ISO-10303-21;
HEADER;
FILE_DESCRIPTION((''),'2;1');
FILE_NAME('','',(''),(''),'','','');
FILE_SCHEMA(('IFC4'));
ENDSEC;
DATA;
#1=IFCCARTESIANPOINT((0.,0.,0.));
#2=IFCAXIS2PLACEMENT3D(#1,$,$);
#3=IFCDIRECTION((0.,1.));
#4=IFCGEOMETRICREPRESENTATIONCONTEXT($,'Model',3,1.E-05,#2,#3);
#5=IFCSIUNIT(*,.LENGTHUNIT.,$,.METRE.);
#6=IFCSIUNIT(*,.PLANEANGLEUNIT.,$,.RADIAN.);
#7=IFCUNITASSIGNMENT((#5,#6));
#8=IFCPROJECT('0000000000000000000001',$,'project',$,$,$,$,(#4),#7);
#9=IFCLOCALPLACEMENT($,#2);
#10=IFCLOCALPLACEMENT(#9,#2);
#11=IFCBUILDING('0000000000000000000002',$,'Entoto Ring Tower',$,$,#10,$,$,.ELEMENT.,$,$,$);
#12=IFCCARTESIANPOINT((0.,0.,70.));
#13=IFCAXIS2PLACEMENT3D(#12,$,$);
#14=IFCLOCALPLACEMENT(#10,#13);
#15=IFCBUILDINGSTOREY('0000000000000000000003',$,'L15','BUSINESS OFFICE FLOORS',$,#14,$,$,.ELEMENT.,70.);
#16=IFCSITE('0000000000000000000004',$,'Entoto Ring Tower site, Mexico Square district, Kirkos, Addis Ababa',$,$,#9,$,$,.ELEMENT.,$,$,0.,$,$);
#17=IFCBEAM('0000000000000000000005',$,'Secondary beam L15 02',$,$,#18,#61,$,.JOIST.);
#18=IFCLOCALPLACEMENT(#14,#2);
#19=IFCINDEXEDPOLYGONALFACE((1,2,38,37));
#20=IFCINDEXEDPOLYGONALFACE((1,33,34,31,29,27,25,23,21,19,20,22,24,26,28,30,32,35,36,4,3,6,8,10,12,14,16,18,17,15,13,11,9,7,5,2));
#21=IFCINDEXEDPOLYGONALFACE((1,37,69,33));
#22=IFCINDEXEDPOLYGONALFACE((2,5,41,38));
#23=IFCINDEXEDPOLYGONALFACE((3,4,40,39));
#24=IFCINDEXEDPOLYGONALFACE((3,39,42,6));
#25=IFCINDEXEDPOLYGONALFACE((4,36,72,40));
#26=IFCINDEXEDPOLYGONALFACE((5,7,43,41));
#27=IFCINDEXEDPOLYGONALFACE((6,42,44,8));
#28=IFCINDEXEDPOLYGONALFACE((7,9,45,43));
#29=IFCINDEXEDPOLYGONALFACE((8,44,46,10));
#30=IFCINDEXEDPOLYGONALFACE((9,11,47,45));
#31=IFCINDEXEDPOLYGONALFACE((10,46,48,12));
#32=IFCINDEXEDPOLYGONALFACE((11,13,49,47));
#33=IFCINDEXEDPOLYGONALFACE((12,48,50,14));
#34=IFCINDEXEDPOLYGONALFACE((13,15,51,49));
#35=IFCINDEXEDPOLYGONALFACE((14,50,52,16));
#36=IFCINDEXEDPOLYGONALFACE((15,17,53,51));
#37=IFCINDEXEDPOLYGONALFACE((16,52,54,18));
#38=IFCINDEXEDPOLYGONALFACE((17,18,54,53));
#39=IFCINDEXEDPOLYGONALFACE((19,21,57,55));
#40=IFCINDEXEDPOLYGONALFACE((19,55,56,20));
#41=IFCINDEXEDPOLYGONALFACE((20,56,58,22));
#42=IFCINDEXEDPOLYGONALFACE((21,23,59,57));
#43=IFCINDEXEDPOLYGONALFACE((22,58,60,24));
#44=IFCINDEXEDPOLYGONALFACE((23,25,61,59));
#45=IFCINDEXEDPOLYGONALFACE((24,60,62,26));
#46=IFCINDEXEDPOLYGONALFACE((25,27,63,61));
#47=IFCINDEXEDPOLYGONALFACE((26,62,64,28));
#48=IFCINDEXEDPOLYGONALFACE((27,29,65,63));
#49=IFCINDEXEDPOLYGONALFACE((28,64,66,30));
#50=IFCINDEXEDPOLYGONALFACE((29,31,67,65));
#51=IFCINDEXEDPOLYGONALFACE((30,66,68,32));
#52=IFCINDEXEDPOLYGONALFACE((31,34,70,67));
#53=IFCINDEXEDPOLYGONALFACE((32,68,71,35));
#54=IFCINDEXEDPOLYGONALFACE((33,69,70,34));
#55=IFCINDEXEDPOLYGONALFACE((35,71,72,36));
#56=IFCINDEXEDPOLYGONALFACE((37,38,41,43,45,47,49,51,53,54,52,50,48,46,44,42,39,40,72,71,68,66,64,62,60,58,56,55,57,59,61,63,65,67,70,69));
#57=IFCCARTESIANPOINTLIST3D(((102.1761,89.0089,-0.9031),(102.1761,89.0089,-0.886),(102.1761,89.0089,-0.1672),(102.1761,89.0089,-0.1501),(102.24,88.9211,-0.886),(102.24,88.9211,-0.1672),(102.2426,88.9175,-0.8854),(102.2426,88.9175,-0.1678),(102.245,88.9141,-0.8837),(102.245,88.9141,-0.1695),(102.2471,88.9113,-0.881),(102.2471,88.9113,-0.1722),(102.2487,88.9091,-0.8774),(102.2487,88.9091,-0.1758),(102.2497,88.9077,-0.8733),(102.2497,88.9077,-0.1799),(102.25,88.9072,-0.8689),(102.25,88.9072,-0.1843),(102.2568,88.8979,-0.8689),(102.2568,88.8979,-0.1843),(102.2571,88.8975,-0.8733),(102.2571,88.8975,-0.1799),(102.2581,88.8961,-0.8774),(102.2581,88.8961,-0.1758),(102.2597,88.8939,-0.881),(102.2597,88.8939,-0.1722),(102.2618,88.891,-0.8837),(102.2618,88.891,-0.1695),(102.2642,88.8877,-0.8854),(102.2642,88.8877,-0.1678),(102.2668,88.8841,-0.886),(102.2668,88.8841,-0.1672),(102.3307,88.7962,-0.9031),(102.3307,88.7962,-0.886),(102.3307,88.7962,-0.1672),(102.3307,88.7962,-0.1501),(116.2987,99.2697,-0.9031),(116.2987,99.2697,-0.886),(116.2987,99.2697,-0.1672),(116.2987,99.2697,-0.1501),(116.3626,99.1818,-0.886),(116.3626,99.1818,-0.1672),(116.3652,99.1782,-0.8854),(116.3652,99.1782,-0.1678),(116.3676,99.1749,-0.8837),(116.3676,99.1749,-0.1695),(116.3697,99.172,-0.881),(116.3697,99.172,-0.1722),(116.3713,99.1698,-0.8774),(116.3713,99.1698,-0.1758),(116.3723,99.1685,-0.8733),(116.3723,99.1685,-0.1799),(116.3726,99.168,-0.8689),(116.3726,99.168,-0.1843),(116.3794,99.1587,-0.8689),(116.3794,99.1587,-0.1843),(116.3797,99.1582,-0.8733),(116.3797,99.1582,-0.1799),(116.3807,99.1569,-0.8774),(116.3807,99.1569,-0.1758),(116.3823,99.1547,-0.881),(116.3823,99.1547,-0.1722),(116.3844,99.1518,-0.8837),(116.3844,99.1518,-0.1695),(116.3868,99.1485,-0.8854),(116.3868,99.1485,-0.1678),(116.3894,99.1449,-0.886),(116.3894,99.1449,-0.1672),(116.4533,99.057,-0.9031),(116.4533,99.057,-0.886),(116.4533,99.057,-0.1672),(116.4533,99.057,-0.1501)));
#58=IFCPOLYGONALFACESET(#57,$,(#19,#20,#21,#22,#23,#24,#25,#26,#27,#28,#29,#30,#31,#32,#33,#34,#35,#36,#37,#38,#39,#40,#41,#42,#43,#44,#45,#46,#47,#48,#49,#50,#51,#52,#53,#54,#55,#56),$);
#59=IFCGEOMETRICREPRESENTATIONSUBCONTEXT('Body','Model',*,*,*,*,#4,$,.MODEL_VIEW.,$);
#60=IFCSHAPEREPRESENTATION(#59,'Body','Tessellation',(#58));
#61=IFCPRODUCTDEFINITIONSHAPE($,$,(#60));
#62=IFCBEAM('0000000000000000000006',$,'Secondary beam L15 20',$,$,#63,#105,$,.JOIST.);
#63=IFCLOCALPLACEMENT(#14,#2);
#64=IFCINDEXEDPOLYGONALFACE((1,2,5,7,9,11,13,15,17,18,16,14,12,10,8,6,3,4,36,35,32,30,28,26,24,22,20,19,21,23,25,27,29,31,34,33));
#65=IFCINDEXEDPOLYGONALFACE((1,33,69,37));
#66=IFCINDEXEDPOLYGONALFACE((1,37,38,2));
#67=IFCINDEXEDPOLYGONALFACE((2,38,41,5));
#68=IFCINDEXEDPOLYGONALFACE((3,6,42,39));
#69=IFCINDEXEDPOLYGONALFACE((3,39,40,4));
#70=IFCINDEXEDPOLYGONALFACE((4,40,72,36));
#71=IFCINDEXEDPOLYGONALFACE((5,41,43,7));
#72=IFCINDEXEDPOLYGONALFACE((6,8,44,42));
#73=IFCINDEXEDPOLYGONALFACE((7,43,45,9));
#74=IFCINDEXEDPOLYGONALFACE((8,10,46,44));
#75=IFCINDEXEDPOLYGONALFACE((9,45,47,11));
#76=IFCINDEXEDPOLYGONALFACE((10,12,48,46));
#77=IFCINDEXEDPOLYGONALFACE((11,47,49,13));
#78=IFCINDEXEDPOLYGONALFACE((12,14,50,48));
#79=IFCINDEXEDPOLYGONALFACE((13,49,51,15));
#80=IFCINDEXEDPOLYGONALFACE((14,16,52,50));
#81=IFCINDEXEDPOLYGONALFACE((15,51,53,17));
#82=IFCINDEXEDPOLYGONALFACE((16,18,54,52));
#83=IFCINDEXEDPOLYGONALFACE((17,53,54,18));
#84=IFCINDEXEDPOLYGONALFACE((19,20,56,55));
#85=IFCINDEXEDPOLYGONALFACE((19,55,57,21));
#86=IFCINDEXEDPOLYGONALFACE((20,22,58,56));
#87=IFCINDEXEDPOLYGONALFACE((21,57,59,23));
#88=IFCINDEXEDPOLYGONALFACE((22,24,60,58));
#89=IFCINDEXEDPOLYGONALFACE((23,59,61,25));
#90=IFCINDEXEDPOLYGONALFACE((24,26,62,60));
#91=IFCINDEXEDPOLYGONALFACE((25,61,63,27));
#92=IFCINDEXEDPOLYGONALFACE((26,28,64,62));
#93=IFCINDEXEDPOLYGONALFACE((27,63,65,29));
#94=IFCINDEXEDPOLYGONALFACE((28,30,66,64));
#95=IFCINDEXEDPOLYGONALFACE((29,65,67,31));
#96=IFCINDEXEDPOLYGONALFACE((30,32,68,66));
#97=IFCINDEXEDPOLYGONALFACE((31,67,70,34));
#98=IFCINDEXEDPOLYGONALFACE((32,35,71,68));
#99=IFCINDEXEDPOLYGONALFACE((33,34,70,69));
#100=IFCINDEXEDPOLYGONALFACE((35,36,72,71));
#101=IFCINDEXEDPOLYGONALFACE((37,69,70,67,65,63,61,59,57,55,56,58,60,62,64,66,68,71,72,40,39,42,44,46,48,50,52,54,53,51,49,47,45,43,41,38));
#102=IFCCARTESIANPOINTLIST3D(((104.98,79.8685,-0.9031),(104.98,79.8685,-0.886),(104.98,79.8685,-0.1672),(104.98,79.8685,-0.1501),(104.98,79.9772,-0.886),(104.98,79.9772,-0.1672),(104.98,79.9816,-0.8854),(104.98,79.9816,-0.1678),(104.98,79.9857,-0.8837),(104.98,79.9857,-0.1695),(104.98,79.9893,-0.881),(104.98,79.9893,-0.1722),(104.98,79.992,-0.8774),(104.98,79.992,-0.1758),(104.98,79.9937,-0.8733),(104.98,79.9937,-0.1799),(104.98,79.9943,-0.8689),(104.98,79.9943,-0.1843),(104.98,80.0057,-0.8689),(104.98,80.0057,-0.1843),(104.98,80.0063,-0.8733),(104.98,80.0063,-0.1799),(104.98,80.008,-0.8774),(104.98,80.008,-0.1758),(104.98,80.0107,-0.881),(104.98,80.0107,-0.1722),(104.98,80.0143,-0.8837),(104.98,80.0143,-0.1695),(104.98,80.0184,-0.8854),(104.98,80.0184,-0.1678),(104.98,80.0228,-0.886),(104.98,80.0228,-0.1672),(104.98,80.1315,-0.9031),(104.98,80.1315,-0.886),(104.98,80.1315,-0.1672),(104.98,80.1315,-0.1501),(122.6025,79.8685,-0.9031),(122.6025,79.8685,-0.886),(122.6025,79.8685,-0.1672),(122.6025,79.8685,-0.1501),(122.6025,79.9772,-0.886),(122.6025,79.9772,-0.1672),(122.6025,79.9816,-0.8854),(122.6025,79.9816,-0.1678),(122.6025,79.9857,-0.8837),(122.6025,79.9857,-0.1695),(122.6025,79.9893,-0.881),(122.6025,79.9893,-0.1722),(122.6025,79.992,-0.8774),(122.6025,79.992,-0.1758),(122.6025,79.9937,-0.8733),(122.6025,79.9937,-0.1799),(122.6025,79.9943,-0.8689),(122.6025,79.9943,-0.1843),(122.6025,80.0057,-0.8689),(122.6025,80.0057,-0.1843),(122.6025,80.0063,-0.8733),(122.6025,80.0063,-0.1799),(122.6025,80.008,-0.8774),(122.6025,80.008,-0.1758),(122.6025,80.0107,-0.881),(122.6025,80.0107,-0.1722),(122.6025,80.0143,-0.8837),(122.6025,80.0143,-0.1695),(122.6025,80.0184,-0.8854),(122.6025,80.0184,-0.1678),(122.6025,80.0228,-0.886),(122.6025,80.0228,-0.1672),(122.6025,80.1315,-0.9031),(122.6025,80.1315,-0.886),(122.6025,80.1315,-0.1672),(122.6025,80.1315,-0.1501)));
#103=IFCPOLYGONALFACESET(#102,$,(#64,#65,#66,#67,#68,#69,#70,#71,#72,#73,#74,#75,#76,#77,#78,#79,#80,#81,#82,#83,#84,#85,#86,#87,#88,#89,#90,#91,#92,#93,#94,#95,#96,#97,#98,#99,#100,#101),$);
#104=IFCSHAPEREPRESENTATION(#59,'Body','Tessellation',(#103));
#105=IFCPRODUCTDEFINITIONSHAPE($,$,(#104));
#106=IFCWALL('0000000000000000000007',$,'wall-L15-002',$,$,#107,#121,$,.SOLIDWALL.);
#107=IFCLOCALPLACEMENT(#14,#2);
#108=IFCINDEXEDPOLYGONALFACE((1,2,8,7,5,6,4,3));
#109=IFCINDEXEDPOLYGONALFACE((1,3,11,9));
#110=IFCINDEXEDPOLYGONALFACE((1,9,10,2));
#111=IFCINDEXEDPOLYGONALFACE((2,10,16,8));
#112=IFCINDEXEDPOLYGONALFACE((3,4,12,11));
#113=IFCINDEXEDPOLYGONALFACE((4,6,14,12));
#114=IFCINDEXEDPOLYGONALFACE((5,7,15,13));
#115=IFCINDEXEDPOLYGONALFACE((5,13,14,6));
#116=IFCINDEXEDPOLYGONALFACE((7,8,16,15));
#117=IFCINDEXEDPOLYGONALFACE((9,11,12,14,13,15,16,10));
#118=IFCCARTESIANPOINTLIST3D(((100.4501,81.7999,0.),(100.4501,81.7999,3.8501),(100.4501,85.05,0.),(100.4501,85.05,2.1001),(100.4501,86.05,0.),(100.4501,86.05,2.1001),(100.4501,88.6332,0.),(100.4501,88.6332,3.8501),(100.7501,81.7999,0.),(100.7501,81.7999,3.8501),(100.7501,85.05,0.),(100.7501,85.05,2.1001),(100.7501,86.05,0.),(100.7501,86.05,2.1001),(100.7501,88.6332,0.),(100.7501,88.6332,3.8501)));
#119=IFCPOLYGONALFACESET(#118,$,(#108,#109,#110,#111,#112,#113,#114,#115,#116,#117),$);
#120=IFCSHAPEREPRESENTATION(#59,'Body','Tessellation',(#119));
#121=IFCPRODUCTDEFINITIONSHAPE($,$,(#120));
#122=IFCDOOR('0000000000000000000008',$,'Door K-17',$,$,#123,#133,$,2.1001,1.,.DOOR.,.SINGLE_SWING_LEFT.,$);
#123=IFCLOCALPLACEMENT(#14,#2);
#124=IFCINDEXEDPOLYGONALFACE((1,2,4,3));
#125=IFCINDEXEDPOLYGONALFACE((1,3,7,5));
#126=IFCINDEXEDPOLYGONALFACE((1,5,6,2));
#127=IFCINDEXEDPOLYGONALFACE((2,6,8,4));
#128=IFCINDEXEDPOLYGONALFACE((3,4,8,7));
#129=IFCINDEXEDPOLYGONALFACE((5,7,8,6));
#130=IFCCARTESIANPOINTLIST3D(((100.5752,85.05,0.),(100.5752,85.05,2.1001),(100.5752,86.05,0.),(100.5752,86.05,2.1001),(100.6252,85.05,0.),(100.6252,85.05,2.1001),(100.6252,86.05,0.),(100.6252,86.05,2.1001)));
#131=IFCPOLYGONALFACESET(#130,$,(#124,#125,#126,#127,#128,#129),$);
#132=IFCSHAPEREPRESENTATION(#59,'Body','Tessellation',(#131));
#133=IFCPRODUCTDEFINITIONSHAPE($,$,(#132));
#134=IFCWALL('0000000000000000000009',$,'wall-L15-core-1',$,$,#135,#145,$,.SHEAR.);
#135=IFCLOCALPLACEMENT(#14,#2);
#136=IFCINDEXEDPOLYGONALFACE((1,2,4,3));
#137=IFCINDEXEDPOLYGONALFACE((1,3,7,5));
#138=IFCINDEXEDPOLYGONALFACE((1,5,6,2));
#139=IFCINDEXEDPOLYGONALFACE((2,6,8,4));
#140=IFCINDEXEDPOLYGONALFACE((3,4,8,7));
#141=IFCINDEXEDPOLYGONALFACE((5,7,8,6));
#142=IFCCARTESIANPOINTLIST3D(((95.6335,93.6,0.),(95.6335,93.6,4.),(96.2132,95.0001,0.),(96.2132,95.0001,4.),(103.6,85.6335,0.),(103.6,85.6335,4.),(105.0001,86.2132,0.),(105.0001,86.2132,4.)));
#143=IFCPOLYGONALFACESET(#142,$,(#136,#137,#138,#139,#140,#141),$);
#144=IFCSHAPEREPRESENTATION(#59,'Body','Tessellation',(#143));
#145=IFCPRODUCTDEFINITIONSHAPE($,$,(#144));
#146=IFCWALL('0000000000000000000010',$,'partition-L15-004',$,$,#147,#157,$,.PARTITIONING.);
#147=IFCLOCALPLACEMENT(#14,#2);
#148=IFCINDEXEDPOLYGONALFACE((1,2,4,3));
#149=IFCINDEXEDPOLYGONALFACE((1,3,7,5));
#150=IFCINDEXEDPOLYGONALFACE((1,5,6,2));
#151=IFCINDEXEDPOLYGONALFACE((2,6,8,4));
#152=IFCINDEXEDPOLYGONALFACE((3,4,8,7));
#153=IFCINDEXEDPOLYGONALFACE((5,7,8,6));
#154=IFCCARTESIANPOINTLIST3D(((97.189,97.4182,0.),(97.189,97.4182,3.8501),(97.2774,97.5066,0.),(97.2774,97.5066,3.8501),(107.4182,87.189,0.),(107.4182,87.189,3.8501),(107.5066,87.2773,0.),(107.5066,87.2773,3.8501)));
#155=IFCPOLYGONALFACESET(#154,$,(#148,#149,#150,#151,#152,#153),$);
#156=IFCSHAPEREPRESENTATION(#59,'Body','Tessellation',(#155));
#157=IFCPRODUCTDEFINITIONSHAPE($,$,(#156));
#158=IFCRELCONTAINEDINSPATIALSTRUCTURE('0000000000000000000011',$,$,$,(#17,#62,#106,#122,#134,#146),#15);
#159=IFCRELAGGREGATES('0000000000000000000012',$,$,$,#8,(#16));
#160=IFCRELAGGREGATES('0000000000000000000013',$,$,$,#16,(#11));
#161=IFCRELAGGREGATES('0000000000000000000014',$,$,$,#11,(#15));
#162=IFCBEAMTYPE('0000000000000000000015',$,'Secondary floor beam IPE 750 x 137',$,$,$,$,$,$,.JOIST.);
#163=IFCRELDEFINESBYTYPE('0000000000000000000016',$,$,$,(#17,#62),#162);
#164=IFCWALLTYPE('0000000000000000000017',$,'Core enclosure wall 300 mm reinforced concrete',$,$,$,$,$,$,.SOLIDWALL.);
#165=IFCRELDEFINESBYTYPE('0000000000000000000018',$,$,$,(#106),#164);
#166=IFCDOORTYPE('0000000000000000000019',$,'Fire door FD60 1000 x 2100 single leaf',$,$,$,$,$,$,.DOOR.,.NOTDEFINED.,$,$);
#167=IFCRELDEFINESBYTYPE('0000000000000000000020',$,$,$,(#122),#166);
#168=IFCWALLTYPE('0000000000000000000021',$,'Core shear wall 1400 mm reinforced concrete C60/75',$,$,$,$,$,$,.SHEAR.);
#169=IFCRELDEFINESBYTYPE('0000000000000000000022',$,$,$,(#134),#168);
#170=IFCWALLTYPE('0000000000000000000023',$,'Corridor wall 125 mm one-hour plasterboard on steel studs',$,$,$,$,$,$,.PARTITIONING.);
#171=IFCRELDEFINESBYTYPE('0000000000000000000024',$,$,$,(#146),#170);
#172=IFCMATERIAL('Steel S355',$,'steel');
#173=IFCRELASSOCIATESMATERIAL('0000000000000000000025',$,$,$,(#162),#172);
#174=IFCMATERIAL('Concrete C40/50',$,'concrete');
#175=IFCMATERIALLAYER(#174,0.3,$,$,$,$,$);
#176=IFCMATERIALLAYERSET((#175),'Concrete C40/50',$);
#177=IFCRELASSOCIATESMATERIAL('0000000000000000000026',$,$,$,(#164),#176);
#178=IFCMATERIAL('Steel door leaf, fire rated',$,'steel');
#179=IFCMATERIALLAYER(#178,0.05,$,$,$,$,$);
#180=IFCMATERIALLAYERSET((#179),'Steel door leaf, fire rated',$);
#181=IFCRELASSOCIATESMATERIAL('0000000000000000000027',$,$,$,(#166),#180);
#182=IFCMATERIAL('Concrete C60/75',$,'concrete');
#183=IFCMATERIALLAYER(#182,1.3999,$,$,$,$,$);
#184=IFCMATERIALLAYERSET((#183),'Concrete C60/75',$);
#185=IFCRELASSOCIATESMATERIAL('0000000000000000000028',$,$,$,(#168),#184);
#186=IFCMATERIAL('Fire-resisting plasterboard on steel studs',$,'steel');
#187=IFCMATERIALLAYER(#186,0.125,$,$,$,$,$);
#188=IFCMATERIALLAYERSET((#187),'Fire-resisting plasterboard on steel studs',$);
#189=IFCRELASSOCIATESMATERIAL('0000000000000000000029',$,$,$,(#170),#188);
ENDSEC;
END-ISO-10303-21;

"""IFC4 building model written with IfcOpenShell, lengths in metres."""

from ifc_helpers import new_model, si_unit, direction, frame, frame_2d, origin, origin_2d, place, context, subcontext, project, spatial, polyline, rectangle, i_section, outline, extrude, material, layer, layer_set, material_profile, profile_set, type_object, element, fill, save


model = new_model("IFC4")

# Units and contexts
model_context = context("Model", 3, precision=1e-05, world=origin(), true_north=direction((0.0, 1.0)))
body_context = subcontext(model_context, "Body", "Model", "MODEL_VIEW")
ifc_project = project(units=[si_unit("LENGTHUNIT", "METRE"), si_unit("PLANEANGLEUNIT", "RADIAN")], contexts=[model_context])

# Site, building, storey
site_placement = place(None, origin())
site = spatial("IfcSite", under=ifc_project, at=site_placement, Name="Entoto Ring Tower site, Mexico Square district, Kirkos, Addis Ababa", CompositionType="ELEMENT", RefElevation=0.0)
building_placement = place(site_placement, origin())
building = spatial("IfcBuilding", under=site, at=building_placement, Name="Entoto Ring Tower", CompositionType="ELEMENT")
storey_placement = place(building_placement, frame((0.0, 0.0, 70.0)))
storey = spatial("IfcBuildingStorey", under=building, at=storey_placement, Name="L15", Description="BUSINESS OFFICE FLOORS", CompositionType="ELEMENT", Elevation=70.0)

# Beams
ifc_material_1 = material(Name="Steel S355", Category="steel")
ifc_material_profile_1 = material_profile(ifc_material_1, i_section(OverallWidth=0.2629, OverallDepth=0.7529, WebThickness=0.0115, FlangeThickness=0.0171, FilletRadius=0.0171, at=origin_2d()), Name="IPE 750 x 137")
ifc_profile_set_1 = profile_set([ifc_material_profile_1], Name="Steel S355")
beam_type_1 = type_object("IfcBeamType", Name="Secondary floor beam IPE 750 x 137", PredefinedType="JOIST", material=ifc_profile_set_1)
beam_1_placement = place(storey_placement, frame((102.2534, 88.9026, -0.5266), z_axis=(0.809014, 0.587789, 0.0), x_axis=(-0.587789, 0.809014, 0.0)))
element("IfcBeam", 1, at=beam_1_placement, inside=storey, type_object=beam_type_1, Name="Secondary beam L15 02", PredefinedType="JOIST", context=body_context, shape_type="SweptSolid", body=[
    extrude(i_section(OverallWidth=0.2629, OverallDepth=0.7529, WebThickness=0.0115, FlangeThickness=0.0171, FilletRadius=0.0171, at=origin_2d()), origin(), (0.0, 0.0, 1.0), 17.4565),
])
beam_2_placement = place(storey_placement, frame((104.98, 80.0, -0.5266), z_axis=(1.0, 0.0, 0.0), x_axis=(0.0, 1.0, 0.0)))
element("IfcBeam", 2, at=beam_2_placement, inside=storey, type_object=beam_type_1, Name="Secondary beam L15 20", PredefinedType="JOIST", context=body_context, shape_type="SweptSolid", body=[
    extrude(i_section(OverallWidth=0.2629, OverallDepth=0.7529, WebThickness=0.0115, FlangeThickness=0.0171, FilletRadius=0.0171, at=origin_2d()), origin(), (0.0, 0.0, 1.0), 17.6226),
])

# Wall, opening, door
ifc_material_2 = material(Name="Concrete C40/50", Category="concrete")
ifc_layer_1 = layer(ifc_material_2, 0.3)
ifc_layer_set_1 = layer_set([ifc_layer_1], Name="Concrete C40/50")
wall_type_1 = type_object("IfcWallType", Name="Core enclosure wall 300 mm reinforced concrete", PredefinedType="SOLIDWALL", material=ifc_layer_set_1)
wall_1_placement = place(storey_placement, frame((100.6001, 81.8, 0.0), z_axis=(0.0, 0.0, 1.0), x_axis=(0.0, 1.0, 0.0)))
wall_1 = element("IfcWall", 3, at=wall_1_placement, inside=storey, type_object=wall_type_1, Name="wall-L15-002", PredefinedType="SOLIDWALL", context=body_context, shape_type="SweptSolid", body=[
    extrude(rectangle(XDim=6.8333, YDim=0.3, at=frame_2d((3.4165, 0.0))), origin(), (0.0, 0.0, 1.0), 3.8501),
])
opening_1_placement = place(wall_1_placement, frame((3.25, 0.0, 0.0)))
opening_1 = element("IfcOpeningElement", 4, at=opening_1_placement, cuts=wall_1, PredefinedType="OPENING", context=body_context, shape_type="SweptSolid", body=[
    extrude(rectangle(XDim=1.0, YDim=2.1001, at=frame_2d((0.5, 1.05))), frame((0.0, 0.1602, 0.0), z_axis=(0.0, -1.0, 0.0), x_axis=(1.0, 0.0, 0.0)), (0.0, 0.0, 1.0), 0.3201),
])
ifc_material_3 = material(Name="Steel door leaf, fire rated", Category="steel")
ifc_layer_2 = layer(ifc_material_3, 0.05)
ifc_layer_set_2 = layer_set([ifc_layer_2], Name="Steel door leaf, fire rated")
door_type_1 = type_object("IfcDoorType", Name="Fire door FD60 1000 x 2100 single leaf", OperationType="NOTDEFINED", PredefinedType="DOOR", material=ifc_layer_set_2)
door_1_placement = place(opening_1_placement, origin())
door_1 = element("IfcDoor", 5, at=door_1_placement, inside=storey, type_object=door_type_1, Name="Door K-17", OperationType="SINGLE_SWING_LEFT", OverallHeight=2.1001, OverallWidth=1.0, PredefinedType="DOOR", context=body_context, shape_type="SweptSolid", body=[
    extrude(rectangle(XDim=1.0, YDim=2.1001, at=frame_2d((0.5, 1.05))), frame((0.0, 0.0249, 0.0), z_axis=(0.0, -1.0, 0.0), x_axis=(1.0, 0.0, 0.0)), (0.0, 0.0, 1.0), 0.05),
])
fill(opening_1, door_1)

# Walls
ifc_material_4 = material(Name="Concrete C60/75", Category="concrete")
ifc_layer_3 = layer(ifc_material_4, 1.3999)
ifc_layer_set_3 = layer_set([ifc_layer_3], Name="Concrete C60/75")
wall_type_2 = type_object("IfcWallType", Name="Core shear wall 1400 mm reinforced concrete C60/75", PredefinedType="SHEAR", material=ifc_layer_set_3)
wall_2_placement = place(storey_placement, frame((104.3, 85.9233, 0.0), z_axis=(0.0, 0.0, 1.0), x_axis=(-0.707107, 0.707107, 0.0)))
element("IfcWall", 6, at=wall_2_placement, inside=storey, type_object=wall_type_2, Name="wall-L15-core-1", PredefinedType="SHEAR", context=body_context, shape_type="SweptSolid", body=[
    extrude(outline(polyline([(-0.29, -0.7), (12.1365, -0.7), (11.5564, 0.7), (0.29, 0.7), (-0.29, -0.7)])), origin(), (0.0, 0.0, 1.0), 4.0),
])
ifc_material_5 = material(Name="Fire-resisting plasterboard on steel studs", Category="steel")
ifc_layer_4 = layer(ifc_material_5, 0.125)
ifc_layer_set_4 = layer_set([ifc_layer_4], Name="Fire-resisting plasterboard on steel studs")
wall_type_3 = type_object("IfcWallType", Name="Corridor wall 125 mm one-hour plasterboard on steel studs", PredefinedType="PARTITIONING", material=ifc_layer_set_4)
wall_3_placement = place(storey_placement, frame((107.4624, 87.2332, 0.0), z_axis=(0.0, 0.0, 1.0), x_axis=(-0.707107, 0.707107, 0.0)))
element("IfcWall", 7, at=wall_3_placement, inside=storey, type_object=wall_type_3, Name="partition-L15-004", PredefinedType="PARTITIONING", context=body_context, shape_type="SweptSolid", body=[
    extrude(rectangle(XDim=14.4663, YDim=0.125, at=frame_2d((7.2332, 0.0))), origin(), (0.0, 0.0, 1.0), 3.8501),
])

save(model, "model.ifc")
